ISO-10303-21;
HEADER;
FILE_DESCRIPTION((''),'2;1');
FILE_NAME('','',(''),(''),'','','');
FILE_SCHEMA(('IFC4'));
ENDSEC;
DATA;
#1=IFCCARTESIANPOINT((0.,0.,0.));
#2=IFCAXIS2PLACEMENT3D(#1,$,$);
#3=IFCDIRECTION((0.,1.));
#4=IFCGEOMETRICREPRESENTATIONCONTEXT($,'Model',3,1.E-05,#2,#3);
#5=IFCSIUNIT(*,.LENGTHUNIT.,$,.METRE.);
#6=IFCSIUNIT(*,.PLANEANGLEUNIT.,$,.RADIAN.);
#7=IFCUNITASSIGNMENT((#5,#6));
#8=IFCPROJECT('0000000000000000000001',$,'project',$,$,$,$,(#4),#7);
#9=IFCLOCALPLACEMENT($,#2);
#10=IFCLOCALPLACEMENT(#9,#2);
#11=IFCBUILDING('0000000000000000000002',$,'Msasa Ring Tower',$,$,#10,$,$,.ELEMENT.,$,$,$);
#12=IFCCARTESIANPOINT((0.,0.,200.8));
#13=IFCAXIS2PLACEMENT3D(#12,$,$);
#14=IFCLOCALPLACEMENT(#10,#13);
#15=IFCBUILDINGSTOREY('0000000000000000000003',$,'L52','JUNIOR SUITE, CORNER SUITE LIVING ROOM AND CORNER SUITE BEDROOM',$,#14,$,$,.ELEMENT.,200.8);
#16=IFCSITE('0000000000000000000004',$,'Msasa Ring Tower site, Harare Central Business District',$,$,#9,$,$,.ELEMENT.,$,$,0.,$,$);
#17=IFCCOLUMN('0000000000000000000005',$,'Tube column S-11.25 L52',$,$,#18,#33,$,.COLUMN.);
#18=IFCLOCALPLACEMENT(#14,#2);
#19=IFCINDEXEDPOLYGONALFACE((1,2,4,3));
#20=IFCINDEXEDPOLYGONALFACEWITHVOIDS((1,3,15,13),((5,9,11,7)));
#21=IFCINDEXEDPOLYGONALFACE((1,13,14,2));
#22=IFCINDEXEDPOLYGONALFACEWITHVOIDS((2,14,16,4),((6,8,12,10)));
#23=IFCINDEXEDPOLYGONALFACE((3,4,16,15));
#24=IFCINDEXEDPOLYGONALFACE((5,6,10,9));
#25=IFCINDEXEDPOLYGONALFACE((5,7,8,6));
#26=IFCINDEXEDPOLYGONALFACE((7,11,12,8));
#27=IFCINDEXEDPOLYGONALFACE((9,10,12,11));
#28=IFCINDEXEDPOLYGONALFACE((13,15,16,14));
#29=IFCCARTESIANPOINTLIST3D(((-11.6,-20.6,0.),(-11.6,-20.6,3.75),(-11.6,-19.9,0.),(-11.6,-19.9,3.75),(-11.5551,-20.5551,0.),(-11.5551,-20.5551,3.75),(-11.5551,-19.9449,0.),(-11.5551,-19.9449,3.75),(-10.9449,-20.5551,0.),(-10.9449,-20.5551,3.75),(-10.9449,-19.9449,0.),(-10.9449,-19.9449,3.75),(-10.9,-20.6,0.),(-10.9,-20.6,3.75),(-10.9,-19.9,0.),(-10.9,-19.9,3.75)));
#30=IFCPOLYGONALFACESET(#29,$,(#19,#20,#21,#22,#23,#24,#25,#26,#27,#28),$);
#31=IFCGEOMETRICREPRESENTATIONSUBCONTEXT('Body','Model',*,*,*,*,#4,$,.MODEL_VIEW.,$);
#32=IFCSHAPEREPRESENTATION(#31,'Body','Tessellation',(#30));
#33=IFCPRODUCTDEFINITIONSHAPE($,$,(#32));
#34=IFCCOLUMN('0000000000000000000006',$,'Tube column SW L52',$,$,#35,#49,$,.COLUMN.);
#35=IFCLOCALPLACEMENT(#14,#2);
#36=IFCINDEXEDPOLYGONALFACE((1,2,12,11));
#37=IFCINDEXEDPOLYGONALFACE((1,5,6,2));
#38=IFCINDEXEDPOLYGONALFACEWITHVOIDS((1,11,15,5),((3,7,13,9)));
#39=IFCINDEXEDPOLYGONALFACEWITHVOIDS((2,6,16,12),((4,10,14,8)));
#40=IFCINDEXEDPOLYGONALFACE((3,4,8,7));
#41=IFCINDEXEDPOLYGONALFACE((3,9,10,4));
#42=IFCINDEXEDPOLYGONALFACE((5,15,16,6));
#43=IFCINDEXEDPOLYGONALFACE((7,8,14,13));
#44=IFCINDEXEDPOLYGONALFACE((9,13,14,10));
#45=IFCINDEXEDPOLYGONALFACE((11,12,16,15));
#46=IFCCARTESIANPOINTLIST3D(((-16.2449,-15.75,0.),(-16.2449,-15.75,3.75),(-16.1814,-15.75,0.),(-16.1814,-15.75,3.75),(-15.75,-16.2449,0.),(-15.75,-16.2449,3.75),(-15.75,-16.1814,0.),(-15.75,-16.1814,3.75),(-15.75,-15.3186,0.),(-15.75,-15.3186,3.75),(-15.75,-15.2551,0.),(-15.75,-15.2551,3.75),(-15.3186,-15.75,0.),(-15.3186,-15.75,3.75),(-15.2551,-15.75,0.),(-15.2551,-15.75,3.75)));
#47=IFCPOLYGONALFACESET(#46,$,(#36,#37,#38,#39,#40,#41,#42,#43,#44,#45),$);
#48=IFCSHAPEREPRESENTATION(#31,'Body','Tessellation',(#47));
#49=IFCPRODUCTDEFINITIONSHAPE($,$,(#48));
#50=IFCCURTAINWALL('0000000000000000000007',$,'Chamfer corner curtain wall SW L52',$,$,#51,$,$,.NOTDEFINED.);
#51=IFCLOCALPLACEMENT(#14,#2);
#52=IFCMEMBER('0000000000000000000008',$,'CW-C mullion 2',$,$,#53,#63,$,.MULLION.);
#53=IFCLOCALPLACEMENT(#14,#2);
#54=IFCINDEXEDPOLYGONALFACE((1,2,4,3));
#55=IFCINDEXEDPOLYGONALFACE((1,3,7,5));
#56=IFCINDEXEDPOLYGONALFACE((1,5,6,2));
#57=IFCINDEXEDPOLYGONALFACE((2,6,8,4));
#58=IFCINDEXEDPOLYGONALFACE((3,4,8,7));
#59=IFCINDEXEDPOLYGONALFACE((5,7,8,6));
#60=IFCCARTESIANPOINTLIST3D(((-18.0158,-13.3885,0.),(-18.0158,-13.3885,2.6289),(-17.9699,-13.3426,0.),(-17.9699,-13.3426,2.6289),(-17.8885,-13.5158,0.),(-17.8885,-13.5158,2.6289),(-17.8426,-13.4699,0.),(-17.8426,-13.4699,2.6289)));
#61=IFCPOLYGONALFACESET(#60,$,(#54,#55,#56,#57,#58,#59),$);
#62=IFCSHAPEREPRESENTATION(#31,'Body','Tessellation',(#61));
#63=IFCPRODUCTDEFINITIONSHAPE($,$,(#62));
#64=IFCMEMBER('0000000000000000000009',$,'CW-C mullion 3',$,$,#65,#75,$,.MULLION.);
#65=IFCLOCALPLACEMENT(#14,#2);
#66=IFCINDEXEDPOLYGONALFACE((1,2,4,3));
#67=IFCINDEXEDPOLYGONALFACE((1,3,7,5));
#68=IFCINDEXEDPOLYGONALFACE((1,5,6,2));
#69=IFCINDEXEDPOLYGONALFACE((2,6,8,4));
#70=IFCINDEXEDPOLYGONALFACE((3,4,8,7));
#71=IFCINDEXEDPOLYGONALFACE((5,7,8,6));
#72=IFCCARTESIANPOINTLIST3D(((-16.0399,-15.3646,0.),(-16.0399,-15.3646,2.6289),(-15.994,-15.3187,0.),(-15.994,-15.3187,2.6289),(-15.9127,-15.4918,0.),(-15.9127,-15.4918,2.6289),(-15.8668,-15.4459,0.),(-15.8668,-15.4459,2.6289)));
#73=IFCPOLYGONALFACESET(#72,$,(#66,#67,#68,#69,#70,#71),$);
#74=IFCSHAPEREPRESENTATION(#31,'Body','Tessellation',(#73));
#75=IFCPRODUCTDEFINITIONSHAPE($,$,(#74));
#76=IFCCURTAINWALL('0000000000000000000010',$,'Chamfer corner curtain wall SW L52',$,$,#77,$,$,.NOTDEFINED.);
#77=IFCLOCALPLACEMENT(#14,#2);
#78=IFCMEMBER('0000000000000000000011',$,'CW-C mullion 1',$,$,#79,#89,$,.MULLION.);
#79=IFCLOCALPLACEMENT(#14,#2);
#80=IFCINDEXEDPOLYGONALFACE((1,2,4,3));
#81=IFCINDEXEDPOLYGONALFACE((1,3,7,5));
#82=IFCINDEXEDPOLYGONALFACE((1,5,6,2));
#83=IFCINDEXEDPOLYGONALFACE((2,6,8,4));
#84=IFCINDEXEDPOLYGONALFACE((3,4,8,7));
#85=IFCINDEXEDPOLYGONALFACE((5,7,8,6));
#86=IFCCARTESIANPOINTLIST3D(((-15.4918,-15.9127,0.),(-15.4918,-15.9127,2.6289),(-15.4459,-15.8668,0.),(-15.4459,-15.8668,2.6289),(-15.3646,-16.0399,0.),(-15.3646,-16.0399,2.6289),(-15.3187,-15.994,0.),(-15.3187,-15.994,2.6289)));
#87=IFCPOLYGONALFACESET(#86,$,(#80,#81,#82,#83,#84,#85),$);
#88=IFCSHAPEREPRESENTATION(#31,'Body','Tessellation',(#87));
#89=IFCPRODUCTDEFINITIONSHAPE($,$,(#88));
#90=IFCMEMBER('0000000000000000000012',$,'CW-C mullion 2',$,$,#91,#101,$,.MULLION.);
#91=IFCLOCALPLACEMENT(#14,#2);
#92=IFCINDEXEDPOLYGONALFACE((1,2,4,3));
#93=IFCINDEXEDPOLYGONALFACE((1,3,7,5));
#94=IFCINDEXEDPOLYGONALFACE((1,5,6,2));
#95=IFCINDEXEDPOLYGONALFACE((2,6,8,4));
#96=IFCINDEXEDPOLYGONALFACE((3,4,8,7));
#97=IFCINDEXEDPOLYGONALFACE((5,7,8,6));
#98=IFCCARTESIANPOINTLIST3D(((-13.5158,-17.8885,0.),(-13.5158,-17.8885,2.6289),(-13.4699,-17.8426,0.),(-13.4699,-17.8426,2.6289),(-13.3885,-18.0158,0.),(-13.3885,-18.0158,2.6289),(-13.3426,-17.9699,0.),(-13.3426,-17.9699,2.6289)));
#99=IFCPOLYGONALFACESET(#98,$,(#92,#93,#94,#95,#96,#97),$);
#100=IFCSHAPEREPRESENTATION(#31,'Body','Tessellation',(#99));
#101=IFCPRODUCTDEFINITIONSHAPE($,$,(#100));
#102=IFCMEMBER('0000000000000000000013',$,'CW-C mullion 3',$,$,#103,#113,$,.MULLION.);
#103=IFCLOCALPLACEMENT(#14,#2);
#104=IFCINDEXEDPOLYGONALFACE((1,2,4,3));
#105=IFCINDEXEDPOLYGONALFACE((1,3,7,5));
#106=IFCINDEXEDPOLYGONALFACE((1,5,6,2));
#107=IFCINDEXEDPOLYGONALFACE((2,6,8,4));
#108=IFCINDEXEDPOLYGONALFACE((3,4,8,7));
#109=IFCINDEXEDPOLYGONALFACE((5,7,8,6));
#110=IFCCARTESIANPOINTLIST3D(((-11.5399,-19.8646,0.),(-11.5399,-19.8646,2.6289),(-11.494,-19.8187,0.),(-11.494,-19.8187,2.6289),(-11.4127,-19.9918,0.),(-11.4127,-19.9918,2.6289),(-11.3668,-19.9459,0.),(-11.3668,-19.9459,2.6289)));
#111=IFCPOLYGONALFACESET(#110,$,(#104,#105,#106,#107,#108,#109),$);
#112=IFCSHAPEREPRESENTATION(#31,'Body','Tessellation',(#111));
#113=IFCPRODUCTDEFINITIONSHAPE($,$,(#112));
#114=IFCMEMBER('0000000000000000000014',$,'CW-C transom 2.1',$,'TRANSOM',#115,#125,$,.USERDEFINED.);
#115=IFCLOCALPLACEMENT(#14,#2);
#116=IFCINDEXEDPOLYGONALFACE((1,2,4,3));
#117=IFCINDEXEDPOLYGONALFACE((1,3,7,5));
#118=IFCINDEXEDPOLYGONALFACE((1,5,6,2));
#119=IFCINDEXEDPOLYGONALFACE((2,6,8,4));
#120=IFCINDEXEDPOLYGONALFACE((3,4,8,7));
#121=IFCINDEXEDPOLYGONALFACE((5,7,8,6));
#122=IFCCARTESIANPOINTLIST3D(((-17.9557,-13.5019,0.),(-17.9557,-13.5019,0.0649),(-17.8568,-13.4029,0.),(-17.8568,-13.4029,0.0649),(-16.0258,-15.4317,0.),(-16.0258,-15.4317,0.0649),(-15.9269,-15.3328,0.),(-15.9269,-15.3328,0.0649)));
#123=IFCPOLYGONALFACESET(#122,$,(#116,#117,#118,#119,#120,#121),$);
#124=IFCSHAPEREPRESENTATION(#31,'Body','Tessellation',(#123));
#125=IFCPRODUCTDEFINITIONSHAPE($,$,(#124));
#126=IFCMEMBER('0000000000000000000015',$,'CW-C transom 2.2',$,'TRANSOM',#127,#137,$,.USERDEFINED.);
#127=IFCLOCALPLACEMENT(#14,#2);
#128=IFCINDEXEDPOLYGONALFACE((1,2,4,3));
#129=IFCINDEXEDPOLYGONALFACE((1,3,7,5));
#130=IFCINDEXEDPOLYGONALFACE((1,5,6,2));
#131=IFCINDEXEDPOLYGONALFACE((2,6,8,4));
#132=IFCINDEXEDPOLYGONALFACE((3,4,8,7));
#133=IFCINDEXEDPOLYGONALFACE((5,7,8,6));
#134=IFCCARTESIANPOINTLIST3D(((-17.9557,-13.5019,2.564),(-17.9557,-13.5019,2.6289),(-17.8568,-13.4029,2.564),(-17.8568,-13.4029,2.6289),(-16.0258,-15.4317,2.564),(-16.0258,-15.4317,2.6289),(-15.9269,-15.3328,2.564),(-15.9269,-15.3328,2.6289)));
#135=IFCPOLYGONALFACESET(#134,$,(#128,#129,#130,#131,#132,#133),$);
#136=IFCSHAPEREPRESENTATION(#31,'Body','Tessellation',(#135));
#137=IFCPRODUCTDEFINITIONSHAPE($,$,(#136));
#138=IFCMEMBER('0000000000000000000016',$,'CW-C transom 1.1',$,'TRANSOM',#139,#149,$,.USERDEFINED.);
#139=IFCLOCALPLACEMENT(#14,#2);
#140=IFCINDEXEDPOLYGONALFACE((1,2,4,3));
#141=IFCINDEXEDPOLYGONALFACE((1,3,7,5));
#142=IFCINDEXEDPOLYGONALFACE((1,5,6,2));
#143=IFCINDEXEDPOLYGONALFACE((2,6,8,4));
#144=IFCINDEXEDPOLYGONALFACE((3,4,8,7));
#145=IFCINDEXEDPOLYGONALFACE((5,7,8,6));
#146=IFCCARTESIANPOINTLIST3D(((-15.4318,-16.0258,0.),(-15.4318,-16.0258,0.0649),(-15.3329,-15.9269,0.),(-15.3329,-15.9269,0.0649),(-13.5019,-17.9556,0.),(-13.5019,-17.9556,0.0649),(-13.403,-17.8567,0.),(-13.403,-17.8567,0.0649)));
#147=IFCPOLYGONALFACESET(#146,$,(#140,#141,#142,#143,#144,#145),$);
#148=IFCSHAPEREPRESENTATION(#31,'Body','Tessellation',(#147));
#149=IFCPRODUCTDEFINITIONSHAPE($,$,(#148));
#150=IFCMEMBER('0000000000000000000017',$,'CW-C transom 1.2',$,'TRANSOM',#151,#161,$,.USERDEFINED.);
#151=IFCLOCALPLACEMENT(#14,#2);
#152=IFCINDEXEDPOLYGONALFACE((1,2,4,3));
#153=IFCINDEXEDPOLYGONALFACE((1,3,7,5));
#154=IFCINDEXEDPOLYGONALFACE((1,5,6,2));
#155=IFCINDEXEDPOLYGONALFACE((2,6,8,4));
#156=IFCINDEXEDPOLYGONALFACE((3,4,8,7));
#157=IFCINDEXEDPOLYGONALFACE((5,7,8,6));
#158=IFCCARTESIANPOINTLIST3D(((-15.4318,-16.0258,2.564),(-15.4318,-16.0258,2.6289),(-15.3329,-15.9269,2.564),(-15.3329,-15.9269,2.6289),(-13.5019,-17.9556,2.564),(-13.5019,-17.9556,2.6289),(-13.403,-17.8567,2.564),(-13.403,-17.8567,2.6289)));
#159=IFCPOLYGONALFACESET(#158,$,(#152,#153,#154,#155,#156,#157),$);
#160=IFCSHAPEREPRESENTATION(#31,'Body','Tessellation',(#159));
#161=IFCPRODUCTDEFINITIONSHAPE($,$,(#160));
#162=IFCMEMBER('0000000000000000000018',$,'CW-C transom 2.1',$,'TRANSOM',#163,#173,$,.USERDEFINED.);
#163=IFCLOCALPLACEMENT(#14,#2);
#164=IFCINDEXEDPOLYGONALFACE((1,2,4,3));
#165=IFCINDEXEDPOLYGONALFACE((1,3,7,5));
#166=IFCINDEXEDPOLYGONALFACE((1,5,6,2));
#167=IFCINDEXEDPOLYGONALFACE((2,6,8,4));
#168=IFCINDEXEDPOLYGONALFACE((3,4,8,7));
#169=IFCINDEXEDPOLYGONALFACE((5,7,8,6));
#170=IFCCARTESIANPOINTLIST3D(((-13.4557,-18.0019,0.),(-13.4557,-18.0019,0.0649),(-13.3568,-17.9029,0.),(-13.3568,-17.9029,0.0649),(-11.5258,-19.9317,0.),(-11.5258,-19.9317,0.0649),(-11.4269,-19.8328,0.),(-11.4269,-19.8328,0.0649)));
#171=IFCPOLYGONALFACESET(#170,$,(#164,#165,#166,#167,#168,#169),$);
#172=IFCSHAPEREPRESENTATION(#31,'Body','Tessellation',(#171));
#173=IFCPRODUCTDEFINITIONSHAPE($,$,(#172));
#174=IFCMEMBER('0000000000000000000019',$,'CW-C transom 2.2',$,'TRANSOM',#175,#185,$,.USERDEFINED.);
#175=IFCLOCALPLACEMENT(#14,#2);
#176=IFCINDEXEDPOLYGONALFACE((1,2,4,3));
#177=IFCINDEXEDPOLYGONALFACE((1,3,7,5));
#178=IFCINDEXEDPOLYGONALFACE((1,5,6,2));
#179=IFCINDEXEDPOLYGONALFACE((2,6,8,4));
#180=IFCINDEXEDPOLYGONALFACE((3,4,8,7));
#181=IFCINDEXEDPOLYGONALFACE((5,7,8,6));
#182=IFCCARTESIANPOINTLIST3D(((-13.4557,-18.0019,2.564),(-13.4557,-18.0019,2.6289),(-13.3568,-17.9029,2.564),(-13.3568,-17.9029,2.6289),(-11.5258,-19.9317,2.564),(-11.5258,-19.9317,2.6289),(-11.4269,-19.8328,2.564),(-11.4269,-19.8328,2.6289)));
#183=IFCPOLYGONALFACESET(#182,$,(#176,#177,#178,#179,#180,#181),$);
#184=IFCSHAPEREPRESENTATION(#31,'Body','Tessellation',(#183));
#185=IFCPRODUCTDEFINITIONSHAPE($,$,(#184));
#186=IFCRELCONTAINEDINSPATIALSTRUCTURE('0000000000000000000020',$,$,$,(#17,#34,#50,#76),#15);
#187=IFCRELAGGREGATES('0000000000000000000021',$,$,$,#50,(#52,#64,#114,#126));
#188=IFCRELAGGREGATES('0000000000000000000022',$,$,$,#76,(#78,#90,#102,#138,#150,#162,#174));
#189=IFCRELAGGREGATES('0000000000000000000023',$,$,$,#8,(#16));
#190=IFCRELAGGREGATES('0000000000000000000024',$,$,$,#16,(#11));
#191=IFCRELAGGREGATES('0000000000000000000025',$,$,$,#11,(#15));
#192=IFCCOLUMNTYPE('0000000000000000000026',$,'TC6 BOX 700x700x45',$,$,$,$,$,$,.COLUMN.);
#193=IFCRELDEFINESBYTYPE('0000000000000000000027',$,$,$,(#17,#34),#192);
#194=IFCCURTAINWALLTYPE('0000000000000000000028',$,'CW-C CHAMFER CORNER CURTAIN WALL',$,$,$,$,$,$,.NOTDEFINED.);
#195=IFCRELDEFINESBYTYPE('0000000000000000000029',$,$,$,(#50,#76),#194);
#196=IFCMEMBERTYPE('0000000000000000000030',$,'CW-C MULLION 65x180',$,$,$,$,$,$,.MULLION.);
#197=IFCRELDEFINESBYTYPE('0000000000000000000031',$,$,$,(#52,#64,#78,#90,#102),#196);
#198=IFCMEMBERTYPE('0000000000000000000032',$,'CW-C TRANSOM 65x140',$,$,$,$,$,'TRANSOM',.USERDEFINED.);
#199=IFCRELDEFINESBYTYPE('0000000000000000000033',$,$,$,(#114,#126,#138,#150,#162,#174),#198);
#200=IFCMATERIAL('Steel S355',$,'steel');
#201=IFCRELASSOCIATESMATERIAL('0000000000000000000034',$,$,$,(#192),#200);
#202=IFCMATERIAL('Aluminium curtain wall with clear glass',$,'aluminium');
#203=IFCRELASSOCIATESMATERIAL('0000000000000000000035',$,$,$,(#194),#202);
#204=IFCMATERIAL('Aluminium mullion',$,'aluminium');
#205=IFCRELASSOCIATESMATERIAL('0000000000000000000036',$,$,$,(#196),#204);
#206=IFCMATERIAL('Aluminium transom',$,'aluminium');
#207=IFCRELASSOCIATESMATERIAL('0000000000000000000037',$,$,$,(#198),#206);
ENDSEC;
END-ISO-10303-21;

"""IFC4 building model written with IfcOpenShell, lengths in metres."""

from ifc_helpers import new_model, si_unit, direction, frame, origin, origin_2d, place, context, subcontext, project, spatial, rectangle, hollow_rectangle, extrude, material, material_profile, profile_set, type_object, element, aggregate, save


model = new_model("IFC4")

# Units and contexts
model_context = context("Model", 3, precision=1e-05, world=origin(), true_north=direction((0.0, 1.0)))
body_context = subcontext(model_context, "Body", "Model", "MODEL_VIEW")
ifc_project = project(units=[si_unit("LENGTHUNIT", "METRE"), si_unit("PLANEANGLEUNIT", "RADIAN")], contexts=[model_context])

# Site, building, storey
site_placement = place(None, origin())
site = spatial("IfcSite", under=ifc_project, at=site_placement, Name="Msasa Ring Tower site, Harare Central Business District", CompositionType="ELEMENT", RefElevation=0.0)
building_placement = place(site_placement, origin())
building = spatial("IfcBuilding", under=site, at=building_placement, Name="Msasa Ring Tower", CompositionType="ELEMENT")
storey_placement = place(building_placement, frame((0.0, 0.0, 200.8)))
storey = spatial("IfcBuildingStorey", under=building, at=storey_placement, Name="L52", Description="JUNIOR SUITE, CORNER SUITE LIVING ROOM AND CORNER SUITE BEDROOM", CompositionType="ELEMENT", Elevation=200.8)

# Columns
ifc_material_1 = material(Name="Steel S355", Category="steel")
ifc_material_profile_1 = material_profile(ifc_material_1, hollow_rectangle(XDim=0.7, YDim=0.7, WallThickness=0.0449, at=origin_2d()), Name="BOX 700x700x45")
ifc_profile_set_1 = profile_set([ifc_material_profile_1], Name="Steel S355")
column_type = type_object("IfcColumnType", Name="TC6 BOX 700x700x45", PredefinedType="COLUMN", material=ifc_profile_set_1)
for number, where, z_axis, x_axis, name in (
    (1, (-11.25, -20.25, 0.0), (0.0, 0.0, 1.0), (0.0, 1.0, 0.0), "Tube column S-11.25 L52"),
    (2, (-15.75, -15.75, 0.0), (0.0, 0.0, 1.0), (0.707107, 0.707107, 0.0), "Tube column SW L52"),
):
    element("IfcColumn", number, at=place(storey_placement, frame(where, z_axis=z_axis, x_axis=x_axis)), inside=storey, type_object=column_type, Name=name, PredefinedType="COLUMN", context=body_context, shape_type="SweptSolid", body=[
        extrude(hollow_rectangle(XDim=0.7, YDim=0.7, WallThickness=0.0449, at=origin_2d()), origin(), (0.0, 0.0, 1.0), 3.75),
    ])

# Curtain walls, members
ifc_material_2 = material(Name="Aluminium curtain wall with clear glass", Category="aluminium")
curtain_wall_type = type_object("IfcCurtainWallType", Name="CW-C CHAMFER CORNER CURTAIN WALL", PredefinedType="NOTDEFINED", material=ifc_material_2)
curtain_wall_1_placement = place(storey_placement, origin())
curtain_wall_1 = element("IfcCurtainWall", 3, at=curtain_wall_1_placement, inside=storey, type_object=curtain_wall_type, Name="Chamfer corner curtain wall SW L52", PredefinedType="NOTDEFINED")
ifc_material_3 = material(Name="Aluminium mullion", Category="aluminium")
ifc_material_profile_2 = material_profile(ifc_material_3, rectangle(XDim=0.0649, YDim=0.1799, at=origin_2d()), Name="AL 65x180")
ifc_profile_set_2 = profile_set([ifc_material_profile_2], Name="Aluminium mullion")
member_type_1 = type_object("IfcMemberType", Name="CW-C MULLION 65x180", PredefinedType="MULLION", material=ifc_profile_set_2)
member_1_placement = place(storey_placement, frame((-17.9292, -13.4292, 0.0), z_axis=(0.0, 0.0, 1.0), x_axis=(0.707107, 0.707107, 0.0)))
member_1 = element("IfcMember", 4, at=member_1_placement, type_object=member_type_1, Name="CW-C mullion 2", PredefinedType="MULLION", context=body_context, shape_type="SweptSolid", body=[
    extrude(rectangle(XDim=0.0649, YDim=0.1799, at=origin_2d()), origin(), (0.0, 0.0, 1.0), 2.6289),
])
member_2_placement = place(storey_placement, frame((-15.9534, -15.4053, 0.0), z_axis=(0.0, 0.0, 1.0), x_axis=(0.707107, 0.707107, 0.0)))
member_2 = element("IfcMember", 5, at=member_2_placement, type_object=member_type_1, Name="CW-C mullion 3", PredefinedType="MULLION", context=body_context, shape_type="SweptSolid", body=[
    extrude(rectangle(XDim=0.0649, YDim=0.1799, at=origin_2d()), origin(), (0.0, 0.0, 1.0), 2.6289),
])
curtain_wall_2_placement = place(storey_placement, origin())
curtain_wall_2 = element("IfcCurtainWall", 6, at=curtain_wall_2_placement, inside=storey, type_object=curtain_wall_type, Name="Chamfer corner curtain wall SW L52", PredefinedType="NOTDEFINED")
member_3_placement = place(storey_placement, frame((-15.4053, -15.9534, 0.0), z_axis=(0.0, 0.0, 1.0), x_axis=(0.707107, 0.707107, 0.0)))
member_3 = element("IfcMember", 7, at=member_3_placement, type_object=member_type_1, Name="CW-C mullion 1", PredefinedType="MULLION", context=body_context, shape_type="SweptSolid", body=[
    extrude(rectangle(XDim=0.0649, YDim=0.1799, at=origin_2d()), origin(), (0.0, 0.0, 1.0), 2.6289),
])
member_4_placement = place(storey_placement, frame((-13.4292, -17.9292, 0.0), z_axis=(0.0, 0.0, 1.0), x_axis=(0.707107, 0.707107, 0.0)))
member_4 = element("IfcMember", 8, at=member_4_placement, type_object=member_type_1, Name="CW-C mullion 2", PredefinedType="MULLION", context=body_context, shape_type="SweptSolid", body=[
    extrude(rectangle(XDim=0.0649, YDim=0.1799, at=origin_2d()), origin(), (0.0, 0.0, 1.0), 2.6289),
])
member_5_placement = place(storey_placement, frame((-11.4534, -19.9053, 0.0), z_axis=(0.0, 0.0, 1.0), x_axis=(0.707107, 0.707107, 0.0)))
member_5 = element("IfcMember", 9, at=member_5_placement, type_object=member_type_1, Name="CW-C mullion 3", PredefinedType="MULLION", context=body_context, shape_type="SweptSolid", body=[
    extrude(rectangle(XDim=0.0649, YDim=0.1799, at=origin_2d()), origin(), (0.0, 0.0, 1.0), 2.6289),
])

# Members
ifc_material_4 = material(Name="Aluminium transom", Category="aluminium")
ifc_material_profile_3 = material_profile(ifc_material_4, rectangle(XDim=0.1399, YDim=0.0649, at=origin_2d()), Name="AL 65x140")
ifc_profile_set_3 = profile_set([ifc_material_profile_3], Name="Aluminium transom")
member_type_2 = type_object("IfcMemberType", Name="CW-C TRANSOM 65x140", ElementType="TRANSOM", PredefinedType="USERDEFINED", material=ifc_profile_set_3)
member_6_placement = place(storey_placement, frame((-17.9062, -13.4524, 0.0325), z_axis=(0.707107, -0.707107, 0.0), x_axis=(0.707107, 0.707107, 0.0)))
member_6 = element("IfcMember", 10, at=member_6_placement, type_object=member_type_2, Name="CW-C transom 2.1", ObjectType="TRANSOM", PredefinedType="USERDEFINED", context=body_context, shape_type="SweptSolid", body=[
    extrude(rectangle(XDim=0.1399, YDim=0.0649, at=origin_2d()), origin(), (0.0, 0.0, 1.0), 2.7292),
])
member_7_placement = place(storey_placement, frame((-17.9062, -13.4524, 2.5964), z_axis=(0.707107, -0.707107, 0.0), x_axis=(0.707107, 0.707107, 0.0)))
member_7 = element("IfcMember", 11, at=member_7_placement, type_object=member_type_2, Name="CW-C transom 2.2", ObjectType="TRANSOM", PredefinedType="USERDEFINED", context=body_context, shape_type="SweptSolid", body=[
    extrude(rectangle(XDim=0.1399, YDim=0.0649, at=origin_2d()), origin(), (0.0, 0.0, 1.0), 2.7292),
])
member_8_placement = place(storey_placement, frame((-15.3823, -15.9763, 0.0325), z_axis=(0.707107, -0.707107, 0.0), x_axis=(0.707107, 0.707107, 0.0)))
member_8 = element("IfcMember", 12, at=member_8_placement, type_object=member_type_2, Name="CW-C transom 1.1", ObjectType="TRANSOM", PredefinedType="USERDEFINED", context=body_context, shape_type="SweptSolid", body=[
    extrude(rectangle(XDim=0.1399, YDim=0.0649, at=origin_2d()), origin(), (0.0, 0.0, 1.0), 2.7292),
])
member_9_placement = place(storey_placement, frame((-15.3823, -15.9763, 2.5964), z_axis=(0.707107, -0.707107, 0.0), x_axis=(0.707107, 0.707107, 0.0)))
member_9 = element("IfcMember", 13, at=member_9_placement, type_object=member_type_2, Name="CW-C transom 1.2", ObjectType="TRANSOM", PredefinedType="USERDEFINED", context=body_context, shape_type="SweptSolid", body=[
    extrude(rectangle(XDim=0.1399, YDim=0.0649, at=origin_2d()), origin(), (0.0, 0.0, 1.0), 2.7292),
])
member_10_placement = place(storey_placement, frame((-13.4062, -17.9524, 0.0325), z_axis=(0.707107, -0.707107, 0.0), x_axis=(0.707107, 0.707107, 0.0)))
member_10 = element("IfcMember", 14, at=member_10_placement, type_object=member_type_2, Name="CW-C transom 2.1", ObjectType="TRANSOM", PredefinedType="USERDEFINED", context=body_context, shape_type="SweptSolid", body=[
    extrude(rectangle(XDim=0.1399, YDim=0.0649, at=origin_2d()), origin(), (0.0, 0.0, 1.0), 2.7292),
])
member_11_placement = place(storey_placement, frame((-13.4062, -17.9524, 2.5964), z_axis=(0.707107, -0.707107, 0.0), x_axis=(0.707107, 0.707107, 0.0)))
member_11 = element("IfcMember", 15, at=member_11_placement, type_object=member_type_2, Name="CW-C transom 2.2", ObjectType="TRANSOM", PredefinedType="USERDEFINED", context=body_context, shape_type="SweptSolid", body=[
    extrude(rectangle(XDim=0.1399, YDim=0.0649, at=origin_2d()), origin(), (0.0, 0.0, 1.0), 2.7292),
])

aggregate(curtain_wall_1, [member_1, member_2, member_6, member_7])
aggregate(curtain_wall_2, [member_3, member_4, member_5, member_8, member_9, member_10, member_11])

save(model, "model.ifc")
